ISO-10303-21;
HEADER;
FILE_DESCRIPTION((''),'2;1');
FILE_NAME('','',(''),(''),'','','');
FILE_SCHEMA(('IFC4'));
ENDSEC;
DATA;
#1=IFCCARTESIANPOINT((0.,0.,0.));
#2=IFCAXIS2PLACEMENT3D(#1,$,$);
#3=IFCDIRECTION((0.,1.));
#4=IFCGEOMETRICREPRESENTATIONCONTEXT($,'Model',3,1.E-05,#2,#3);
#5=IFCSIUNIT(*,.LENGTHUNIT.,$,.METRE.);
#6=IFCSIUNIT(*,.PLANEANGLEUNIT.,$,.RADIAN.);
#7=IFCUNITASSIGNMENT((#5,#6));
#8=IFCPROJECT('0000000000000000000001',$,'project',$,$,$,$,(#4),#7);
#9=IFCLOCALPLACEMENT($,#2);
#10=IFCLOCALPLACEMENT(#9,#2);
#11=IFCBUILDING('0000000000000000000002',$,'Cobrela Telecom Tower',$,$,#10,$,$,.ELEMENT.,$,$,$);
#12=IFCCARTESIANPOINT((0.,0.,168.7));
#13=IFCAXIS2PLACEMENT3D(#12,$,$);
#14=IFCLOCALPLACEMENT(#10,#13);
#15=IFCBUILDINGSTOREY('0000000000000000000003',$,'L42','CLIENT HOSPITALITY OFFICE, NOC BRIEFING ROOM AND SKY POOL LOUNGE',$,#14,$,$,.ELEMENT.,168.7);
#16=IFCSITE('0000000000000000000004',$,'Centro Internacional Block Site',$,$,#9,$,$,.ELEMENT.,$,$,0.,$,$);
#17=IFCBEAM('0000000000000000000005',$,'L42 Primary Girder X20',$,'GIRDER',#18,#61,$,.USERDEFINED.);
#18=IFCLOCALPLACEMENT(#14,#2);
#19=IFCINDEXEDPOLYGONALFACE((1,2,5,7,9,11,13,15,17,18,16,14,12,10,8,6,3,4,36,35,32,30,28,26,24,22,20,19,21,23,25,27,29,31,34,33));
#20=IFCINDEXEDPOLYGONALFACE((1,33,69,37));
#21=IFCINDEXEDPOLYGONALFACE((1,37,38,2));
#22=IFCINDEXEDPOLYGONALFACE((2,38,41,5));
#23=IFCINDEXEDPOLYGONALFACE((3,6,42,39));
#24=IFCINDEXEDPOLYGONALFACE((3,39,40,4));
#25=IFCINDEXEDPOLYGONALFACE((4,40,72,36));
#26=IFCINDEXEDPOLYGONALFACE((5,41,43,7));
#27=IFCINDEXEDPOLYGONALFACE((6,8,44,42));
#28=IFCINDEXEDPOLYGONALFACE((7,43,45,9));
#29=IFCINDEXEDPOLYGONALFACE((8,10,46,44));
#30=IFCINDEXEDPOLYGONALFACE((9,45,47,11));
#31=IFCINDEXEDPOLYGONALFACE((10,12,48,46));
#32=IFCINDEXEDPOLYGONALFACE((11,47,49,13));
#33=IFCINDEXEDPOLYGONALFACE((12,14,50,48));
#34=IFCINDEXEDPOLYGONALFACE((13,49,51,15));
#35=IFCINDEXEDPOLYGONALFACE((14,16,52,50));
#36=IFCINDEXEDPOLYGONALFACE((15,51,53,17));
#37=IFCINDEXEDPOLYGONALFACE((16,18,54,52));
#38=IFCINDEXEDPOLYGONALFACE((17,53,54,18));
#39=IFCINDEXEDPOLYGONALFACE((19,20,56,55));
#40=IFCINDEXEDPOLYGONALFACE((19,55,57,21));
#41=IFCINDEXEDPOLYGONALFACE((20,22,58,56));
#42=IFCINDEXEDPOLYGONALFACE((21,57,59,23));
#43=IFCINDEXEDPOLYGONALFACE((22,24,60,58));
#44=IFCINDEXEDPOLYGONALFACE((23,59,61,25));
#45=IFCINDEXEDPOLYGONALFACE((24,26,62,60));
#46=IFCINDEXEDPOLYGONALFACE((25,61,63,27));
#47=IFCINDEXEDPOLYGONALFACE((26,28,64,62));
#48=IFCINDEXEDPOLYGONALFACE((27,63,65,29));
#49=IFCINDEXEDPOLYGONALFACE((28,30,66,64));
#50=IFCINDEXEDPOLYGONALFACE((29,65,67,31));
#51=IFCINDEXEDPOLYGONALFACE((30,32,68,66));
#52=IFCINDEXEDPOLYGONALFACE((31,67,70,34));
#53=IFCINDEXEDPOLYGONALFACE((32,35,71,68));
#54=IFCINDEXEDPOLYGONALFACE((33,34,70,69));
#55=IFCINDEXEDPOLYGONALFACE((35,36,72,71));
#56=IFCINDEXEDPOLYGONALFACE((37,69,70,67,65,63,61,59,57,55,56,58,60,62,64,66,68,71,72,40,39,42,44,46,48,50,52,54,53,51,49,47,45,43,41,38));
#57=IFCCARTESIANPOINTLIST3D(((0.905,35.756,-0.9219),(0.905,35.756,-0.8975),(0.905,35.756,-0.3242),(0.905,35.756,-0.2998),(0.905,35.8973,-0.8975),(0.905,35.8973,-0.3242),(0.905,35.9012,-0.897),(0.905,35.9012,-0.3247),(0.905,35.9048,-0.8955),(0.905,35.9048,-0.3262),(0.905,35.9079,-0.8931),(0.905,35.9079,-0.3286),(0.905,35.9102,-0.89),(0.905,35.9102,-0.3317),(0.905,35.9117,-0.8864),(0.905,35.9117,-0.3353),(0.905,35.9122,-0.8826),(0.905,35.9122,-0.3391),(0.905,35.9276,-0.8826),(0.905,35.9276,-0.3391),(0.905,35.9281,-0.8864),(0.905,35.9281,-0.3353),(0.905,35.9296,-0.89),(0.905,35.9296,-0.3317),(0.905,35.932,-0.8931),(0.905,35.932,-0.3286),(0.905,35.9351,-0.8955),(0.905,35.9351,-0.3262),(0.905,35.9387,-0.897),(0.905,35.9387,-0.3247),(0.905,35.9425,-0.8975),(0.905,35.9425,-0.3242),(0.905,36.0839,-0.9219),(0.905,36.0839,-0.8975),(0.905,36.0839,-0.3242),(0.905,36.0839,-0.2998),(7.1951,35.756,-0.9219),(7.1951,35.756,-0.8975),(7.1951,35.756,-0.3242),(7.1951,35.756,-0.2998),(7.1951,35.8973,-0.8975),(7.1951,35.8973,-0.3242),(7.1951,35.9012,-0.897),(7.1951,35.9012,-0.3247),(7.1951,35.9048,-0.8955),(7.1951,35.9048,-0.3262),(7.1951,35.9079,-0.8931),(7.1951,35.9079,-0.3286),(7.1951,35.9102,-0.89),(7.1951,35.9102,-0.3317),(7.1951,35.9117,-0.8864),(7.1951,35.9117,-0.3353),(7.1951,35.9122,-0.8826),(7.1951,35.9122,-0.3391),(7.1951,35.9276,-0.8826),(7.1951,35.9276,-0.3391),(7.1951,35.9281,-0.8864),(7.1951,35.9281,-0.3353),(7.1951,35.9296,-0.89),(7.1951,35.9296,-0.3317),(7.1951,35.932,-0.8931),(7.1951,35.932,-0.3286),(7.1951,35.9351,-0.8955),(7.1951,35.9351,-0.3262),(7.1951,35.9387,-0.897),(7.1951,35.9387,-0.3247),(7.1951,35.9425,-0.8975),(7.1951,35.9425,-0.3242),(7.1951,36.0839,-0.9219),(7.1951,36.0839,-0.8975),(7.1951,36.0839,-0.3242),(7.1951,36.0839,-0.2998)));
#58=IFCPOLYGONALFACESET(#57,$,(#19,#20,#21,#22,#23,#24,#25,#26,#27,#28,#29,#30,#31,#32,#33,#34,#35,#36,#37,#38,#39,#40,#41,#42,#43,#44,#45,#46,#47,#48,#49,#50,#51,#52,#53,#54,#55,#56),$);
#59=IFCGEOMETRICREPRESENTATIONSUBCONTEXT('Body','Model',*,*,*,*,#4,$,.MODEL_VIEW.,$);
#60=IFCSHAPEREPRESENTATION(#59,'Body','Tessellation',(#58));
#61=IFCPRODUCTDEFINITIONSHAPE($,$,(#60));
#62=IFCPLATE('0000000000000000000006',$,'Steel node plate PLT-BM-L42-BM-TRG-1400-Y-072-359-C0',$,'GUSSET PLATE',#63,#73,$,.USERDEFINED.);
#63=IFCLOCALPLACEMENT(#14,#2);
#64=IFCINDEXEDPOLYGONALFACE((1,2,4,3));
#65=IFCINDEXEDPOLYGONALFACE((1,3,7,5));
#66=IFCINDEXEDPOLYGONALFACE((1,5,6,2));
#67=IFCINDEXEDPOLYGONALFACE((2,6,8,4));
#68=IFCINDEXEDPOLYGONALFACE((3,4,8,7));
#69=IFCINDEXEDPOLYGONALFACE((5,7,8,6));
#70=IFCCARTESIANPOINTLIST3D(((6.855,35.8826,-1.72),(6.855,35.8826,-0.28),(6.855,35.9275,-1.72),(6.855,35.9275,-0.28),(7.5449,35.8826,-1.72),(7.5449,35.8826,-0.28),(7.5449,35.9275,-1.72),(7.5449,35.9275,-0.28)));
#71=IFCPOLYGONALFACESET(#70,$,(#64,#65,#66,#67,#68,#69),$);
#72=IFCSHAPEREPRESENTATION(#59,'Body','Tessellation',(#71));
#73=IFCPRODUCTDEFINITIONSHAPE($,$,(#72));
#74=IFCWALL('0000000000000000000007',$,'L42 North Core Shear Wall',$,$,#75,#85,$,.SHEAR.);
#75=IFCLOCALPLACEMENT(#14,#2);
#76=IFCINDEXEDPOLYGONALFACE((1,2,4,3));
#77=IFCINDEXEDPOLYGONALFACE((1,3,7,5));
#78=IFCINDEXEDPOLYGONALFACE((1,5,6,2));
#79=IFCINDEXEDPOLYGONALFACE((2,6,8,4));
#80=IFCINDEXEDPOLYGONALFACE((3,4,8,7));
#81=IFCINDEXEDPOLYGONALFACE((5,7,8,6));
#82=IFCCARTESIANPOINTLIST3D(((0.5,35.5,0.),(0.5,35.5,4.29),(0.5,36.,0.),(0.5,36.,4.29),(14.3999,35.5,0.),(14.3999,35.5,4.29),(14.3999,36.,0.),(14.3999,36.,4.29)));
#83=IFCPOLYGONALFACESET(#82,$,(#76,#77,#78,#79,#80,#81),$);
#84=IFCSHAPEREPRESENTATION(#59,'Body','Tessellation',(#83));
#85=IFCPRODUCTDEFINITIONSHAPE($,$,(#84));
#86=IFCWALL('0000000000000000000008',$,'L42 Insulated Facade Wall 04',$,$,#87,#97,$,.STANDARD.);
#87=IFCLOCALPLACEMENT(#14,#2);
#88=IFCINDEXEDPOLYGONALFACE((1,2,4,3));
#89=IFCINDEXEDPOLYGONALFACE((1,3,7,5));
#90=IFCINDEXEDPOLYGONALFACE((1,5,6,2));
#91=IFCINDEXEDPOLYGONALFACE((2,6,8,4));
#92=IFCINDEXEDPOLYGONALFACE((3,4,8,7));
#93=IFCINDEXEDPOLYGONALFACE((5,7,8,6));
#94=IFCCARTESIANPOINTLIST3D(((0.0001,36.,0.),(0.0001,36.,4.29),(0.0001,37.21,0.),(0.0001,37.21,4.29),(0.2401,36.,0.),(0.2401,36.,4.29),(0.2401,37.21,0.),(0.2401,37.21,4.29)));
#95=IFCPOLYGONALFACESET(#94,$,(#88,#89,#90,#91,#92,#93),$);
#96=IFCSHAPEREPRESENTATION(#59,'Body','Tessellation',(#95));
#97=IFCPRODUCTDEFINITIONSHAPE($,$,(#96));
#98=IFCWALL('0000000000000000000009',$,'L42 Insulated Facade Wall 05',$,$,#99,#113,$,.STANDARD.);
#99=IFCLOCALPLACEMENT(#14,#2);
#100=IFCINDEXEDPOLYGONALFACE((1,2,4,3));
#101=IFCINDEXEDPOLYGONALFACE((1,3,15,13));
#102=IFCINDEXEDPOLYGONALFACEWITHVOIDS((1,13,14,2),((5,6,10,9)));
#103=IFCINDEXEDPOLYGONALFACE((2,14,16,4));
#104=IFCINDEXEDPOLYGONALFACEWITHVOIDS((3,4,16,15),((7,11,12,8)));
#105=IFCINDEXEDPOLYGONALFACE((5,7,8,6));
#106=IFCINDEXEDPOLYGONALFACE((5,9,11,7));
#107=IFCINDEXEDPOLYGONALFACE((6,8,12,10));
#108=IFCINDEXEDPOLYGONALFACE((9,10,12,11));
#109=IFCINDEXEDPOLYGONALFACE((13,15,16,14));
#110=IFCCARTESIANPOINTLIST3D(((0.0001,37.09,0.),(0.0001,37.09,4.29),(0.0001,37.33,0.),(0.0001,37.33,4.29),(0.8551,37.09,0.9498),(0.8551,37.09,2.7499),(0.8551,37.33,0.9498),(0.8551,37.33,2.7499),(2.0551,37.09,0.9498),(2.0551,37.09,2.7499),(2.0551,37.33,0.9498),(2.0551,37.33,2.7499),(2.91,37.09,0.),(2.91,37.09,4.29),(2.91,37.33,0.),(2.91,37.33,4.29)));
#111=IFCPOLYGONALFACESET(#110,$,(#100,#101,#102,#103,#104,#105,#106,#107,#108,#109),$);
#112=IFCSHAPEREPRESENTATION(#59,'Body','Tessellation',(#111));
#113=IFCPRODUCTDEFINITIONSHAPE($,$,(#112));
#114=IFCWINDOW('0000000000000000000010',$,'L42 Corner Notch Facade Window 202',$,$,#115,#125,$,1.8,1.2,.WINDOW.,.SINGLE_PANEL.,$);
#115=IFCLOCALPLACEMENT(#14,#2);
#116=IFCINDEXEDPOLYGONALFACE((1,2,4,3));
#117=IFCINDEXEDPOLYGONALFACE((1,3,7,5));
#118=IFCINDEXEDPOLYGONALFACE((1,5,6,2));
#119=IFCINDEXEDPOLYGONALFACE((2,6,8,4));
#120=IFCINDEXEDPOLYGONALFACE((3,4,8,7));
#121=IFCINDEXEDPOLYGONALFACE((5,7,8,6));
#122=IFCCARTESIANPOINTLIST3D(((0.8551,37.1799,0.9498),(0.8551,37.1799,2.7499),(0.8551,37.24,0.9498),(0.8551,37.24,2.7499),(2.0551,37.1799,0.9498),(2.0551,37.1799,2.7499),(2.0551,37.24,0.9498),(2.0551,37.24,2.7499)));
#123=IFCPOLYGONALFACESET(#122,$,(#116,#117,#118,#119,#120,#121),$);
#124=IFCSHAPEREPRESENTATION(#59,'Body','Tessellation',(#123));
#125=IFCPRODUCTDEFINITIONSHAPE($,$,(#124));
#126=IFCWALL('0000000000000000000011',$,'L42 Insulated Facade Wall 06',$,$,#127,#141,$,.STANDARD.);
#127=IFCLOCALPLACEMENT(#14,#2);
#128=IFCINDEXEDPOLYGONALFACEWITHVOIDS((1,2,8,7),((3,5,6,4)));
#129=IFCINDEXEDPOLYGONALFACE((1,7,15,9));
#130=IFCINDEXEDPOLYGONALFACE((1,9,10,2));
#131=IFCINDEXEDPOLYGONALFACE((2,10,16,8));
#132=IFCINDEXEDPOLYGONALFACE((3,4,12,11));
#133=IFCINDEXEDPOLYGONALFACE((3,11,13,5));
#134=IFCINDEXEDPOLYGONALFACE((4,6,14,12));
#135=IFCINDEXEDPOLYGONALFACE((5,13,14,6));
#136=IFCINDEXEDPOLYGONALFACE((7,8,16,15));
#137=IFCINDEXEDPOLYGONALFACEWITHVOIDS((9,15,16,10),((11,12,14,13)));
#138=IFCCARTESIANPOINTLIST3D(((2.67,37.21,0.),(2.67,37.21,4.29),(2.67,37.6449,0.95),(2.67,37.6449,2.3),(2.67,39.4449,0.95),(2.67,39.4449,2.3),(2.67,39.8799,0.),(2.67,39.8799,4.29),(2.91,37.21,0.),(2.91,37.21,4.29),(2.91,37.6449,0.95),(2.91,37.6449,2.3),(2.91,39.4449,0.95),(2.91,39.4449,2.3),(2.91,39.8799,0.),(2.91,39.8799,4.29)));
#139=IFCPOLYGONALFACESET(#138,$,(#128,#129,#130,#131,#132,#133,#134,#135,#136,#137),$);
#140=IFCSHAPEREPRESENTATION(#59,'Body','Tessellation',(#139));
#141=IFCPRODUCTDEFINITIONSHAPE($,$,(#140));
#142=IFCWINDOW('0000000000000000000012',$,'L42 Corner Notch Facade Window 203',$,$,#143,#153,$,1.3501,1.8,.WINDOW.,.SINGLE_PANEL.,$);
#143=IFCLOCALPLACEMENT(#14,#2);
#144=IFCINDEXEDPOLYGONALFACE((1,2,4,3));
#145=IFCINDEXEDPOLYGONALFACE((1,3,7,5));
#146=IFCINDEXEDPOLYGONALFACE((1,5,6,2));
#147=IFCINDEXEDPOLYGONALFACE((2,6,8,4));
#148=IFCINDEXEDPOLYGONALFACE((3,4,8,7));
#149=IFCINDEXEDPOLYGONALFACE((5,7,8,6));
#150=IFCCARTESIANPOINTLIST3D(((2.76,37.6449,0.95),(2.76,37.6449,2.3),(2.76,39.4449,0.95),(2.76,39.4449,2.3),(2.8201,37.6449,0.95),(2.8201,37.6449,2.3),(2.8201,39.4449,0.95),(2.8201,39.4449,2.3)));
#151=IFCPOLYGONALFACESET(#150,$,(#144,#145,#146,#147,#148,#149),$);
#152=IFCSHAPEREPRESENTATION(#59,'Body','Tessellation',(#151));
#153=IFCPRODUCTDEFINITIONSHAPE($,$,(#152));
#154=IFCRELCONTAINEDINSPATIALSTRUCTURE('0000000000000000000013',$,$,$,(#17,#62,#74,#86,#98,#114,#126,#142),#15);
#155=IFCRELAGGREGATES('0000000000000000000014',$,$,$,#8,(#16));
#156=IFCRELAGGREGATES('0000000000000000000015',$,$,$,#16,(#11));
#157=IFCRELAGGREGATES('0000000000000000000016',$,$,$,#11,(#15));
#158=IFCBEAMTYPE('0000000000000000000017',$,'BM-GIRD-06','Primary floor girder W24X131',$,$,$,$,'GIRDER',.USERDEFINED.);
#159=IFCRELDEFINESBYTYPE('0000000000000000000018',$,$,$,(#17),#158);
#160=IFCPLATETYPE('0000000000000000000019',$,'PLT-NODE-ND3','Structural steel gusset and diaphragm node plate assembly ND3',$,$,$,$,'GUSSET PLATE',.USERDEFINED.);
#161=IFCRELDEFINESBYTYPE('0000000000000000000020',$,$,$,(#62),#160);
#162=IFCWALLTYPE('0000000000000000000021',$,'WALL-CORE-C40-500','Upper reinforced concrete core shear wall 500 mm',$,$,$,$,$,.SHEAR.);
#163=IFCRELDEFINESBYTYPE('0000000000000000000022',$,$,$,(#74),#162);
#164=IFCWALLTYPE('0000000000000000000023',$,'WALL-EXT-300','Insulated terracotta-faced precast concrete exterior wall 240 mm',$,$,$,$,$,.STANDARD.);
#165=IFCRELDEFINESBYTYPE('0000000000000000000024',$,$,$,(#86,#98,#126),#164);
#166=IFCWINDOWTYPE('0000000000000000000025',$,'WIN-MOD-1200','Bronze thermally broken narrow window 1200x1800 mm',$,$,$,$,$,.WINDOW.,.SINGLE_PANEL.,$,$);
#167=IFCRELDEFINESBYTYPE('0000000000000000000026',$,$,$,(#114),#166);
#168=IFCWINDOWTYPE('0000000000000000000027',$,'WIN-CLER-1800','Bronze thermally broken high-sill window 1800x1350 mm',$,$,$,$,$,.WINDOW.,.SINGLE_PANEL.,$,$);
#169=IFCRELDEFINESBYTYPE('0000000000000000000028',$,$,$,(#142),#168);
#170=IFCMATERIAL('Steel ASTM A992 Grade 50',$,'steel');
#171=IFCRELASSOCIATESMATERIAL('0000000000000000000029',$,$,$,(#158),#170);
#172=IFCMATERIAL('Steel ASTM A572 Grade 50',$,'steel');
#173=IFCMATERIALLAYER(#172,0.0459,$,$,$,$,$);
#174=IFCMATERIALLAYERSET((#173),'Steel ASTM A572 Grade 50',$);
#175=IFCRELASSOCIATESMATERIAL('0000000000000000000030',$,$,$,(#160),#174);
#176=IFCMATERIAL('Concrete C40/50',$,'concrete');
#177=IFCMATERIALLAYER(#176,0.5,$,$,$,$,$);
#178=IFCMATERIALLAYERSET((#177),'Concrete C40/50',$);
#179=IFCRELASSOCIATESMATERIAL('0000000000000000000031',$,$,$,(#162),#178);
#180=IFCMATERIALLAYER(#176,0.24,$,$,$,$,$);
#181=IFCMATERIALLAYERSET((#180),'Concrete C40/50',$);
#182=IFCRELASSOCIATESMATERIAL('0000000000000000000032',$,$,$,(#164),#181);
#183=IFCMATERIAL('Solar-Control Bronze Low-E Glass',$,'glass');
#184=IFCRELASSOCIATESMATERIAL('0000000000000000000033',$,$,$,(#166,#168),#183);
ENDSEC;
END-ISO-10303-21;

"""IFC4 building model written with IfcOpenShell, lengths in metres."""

from ifc_helpers import new_model, si_unit, direction, frame, frame_2d, origin, origin_2d, place, context, subcontext, project, spatial, rectangle, i_section, extrude, material, layer, layer_set, material_profile, profile_set, type_object, element, fill, save


model = new_model("IFC4")

# Units and contexts
model_context = context("Model", 3, precision=1e-05, world=origin(), true_north=direction((0.0, 1.0)))
body_context = subcontext(model_context, "Body", "Model", "MODEL_VIEW")
ifc_project = project(units=[si_unit("LENGTHUNIT", "METRE"), si_unit("PLANEANGLEUNIT", "RADIAN")], contexts=[model_context])

# Site, building, storey
site_placement = place(None, origin())
site = spatial("IfcSite", under=ifc_project, at=site_placement, Name="Centro Internacional Block Site", CompositionType="ELEMENT", RefElevation=0.0)
building_placement = place(site_placement, origin())
building = spatial("IfcBuilding", under=site, at=building_placement, Name="Cobrela Telecom Tower", CompositionType="ELEMENT")
storey_placement = place(building_placement, frame((0.0, 0.0, 168.7)))
storey = spatial("IfcBuildingStorey", under=building, at=storey_placement, Name="L42", Description="CLIENT HOSPITALITY OFFICE, NOC BRIEFING ROOM AND SKY POOL LOUNGE", CompositionType="ELEMENT", Elevation=168.7)

# Beam
ifc_material_1 = material(Name="Steel ASTM A992 Grade 50", Category="steel")
ifc_material_profile = material_profile(ifc_material_1, i_section(OverallWidth=0.3279, OverallDepth=0.6221, WebThickness=0.0154, FlangeThickness=0.0244, FilletRadius=0.0149, at=origin_2d()), Name="W24X131")
ifc_profile_set = profile_set([ifc_material_profile], Name="Steel ASTM A992 Grade 50")
beam_type = type_object("IfcBeamType", Name="BM-GIRD-06", Description="Primary floor girder W24X131", ElementType="GIRDER", PredefinedType="USERDEFINED", material=ifc_profile_set)
beam_placement = place(storey_placement, frame((0.905, 35.9199, -0.6108), z_axis=(1.0, 0.0, 0.0), x_axis=(0.0, 1.0, 0.0)))
element("IfcBeam", 1, at=beam_placement, inside=storey, type_object=beam_type, Name="L42 Primary Girder X20", ObjectType="GIRDER", PredefinedType="USERDEFINED", context=body_context, shape_type="SweptSolid", body=[
    extrude(i_section(OverallWidth=0.3279, OverallDepth=0.6221, WebThickness=0.0154, FlangeThickness=0.0244, FilletRadius=0.0149, at=origin_2d()), origin(), (0.0, 0.0, 1.0), 6.29),
])

# Plate
ifc_material_2 = material(Name="Steel ASTM A572 Grade 50", Category="steel")
ifc_layer_1 = layer(ifc_material_2, 0.0459)
ifc_layer_set_1 = layer_set([ifc_layer_1], Name="Steel ASTM A572 Grade 50")
plate_type = type_object("IfcPlateType", Name="PLT-NODE-ND3", Description="Structural steel gusset and diaphragm node plate assembly ND3", ElementType="GUSSET PLATE", PredefinedType="USERDEFINED", material=ifc_layer_set_1)
plate_placement = place(storey_placement, frame((7.2, 35.905, -1.72), z_axis=(0.0, 0.0, 1.0), x_axis=(0.0, 1.0, 0.0)))
element("IfcPlate", 2, at=plate_placement, inside=storey, type_object=plate_type, Name="Steel node plate PLT-BM-L42-BM-TRG-1400-Y-072-359-C0", ObjectType="GUSSET PLATE", PredefinedType="USERDEFINED", context=body_context, shape_type="SweptSolid", body=[
    extrude(rectangle(XDim=0.0449, YDim=0.6899, at=origin_2d()), origin(), (0.0, 0.0, 1.0), 1.4399),
])

# Walls
ifc_material_3 = material(Name="Concrete C40/50", Category="concrete")
ifc_layer_2 = layer(ifc_material_3, 0.5)
ifc_layer_set_2 = layer_set([ifc_layer_2], Name="Concrete C40/50")
wall_type_1 = type_object("IfcWallType", Name="WALL-CORE-C40-500", Description="Upper reinforced concrete core shear wall 500 mm", PredefinedType="SHEAR", material=ifc_layer_set_2)
wall_1_placement = place(storey_placement, frame((0.5, 35.75, 0.0), z_axis=(0.0, 0.0, 1.0), x_axis=(1.0, 0.0, 0.0)))
element("IfcWall", 3, at=wall_1_placement, inside=storey, type_object=wall_type_1, Name="L42 North Core Shear Wall", PredefinedType="SHEAR", context=body_context, shape_type="SweptSolid", body=[
    extrude(rectangle(XDim=13.8999, YDim=0.5, at=frame_2d((6.95, 0.0))), origin(), (0.0, 0.0, 1.0), 4.29),
])
ifc_layer_3 = layer(ifc_material_3, 0.24)
ifc_layer_set_3 = layer_set([ifc_layer_3], Name="Concrete C40/50")
wall_type_2 = type_object("IfcWallType", Name="WALL-EXT-300", Description="Insulated terracotta-faced precast concrete exterior wall 240 mm", PredefinedType="STANDARD", material=ifc_layer_set_3)
wall_2_placement = place(storey_placement, frame((0.1201, 36.0, 0.0), z_axis=(0.0, 0.0, 1.0), x_axis=(0.0, 1.0, 0.0)))
element("IfcWall", 4, at=wall_2_placement, inside=storey, type_object=wall_type_2, Name="L42 Insulated Facade Wall 04", PredefinedType="STANDARD", context=body_context, shape_type="SweptSolid", body=[
    extrude(rectangle(XDim=1.21, YDim=0.24, at=frame_2d((0.605, 0.0))), origin(), (0.0, 0.0, 1.0), 4.29),
])

# Walls, openings, windows
wall_3_placement = place(storey_placement, frame((0.0, 37.21, 0.0), z_axis=(0.0, 0.0, 1.0), x_axis=(1.0, 0.0, 0.0)))
wall_3 = element("IfcWall", 5, at=wall_3_placement, inside=storey, type_object=wall_type_2, Name="L42 Insulated Facade Wall 05", PredefinedType="STANDARD", context=body_context, shape_type="SweptSolid", body=[
    extrude(rectangle(XDim=2.9099, YDim=0.24, at=frame_2d((1.4551, 0.0))), origin(), (0.0, 0.0, 1.0), 4.29),
])
opening_1_placement = place(wall_3_placement, frame((0.855, 0.0, 0.95)))
opening_1 = element("IfcOpeningElement", 6, at=opening_1_placement, cuts=wall_3, PredefinedType="OPENING", context=body_context, shape_type="SweptSolid", body=[
    extrude(rectangle(XDim=1.2, YDim=1.8, at=frame_2d((0.6001, 0.8999))), frame((0.0, 0.1318, 0.0), z_axis=(0.0, -1.0, 0.0), x_axis=(1.0, 0.0, 0.0)), (0.0, 0.0, 1.0), 0.2639),
])
ifc_material_4 = material(Name="Solar-Control Bronze Low-E Glass", Category="glass")
window_type_1 = type_object("IfcWindowType", Name="WIN-MOD-1200", Description="Bronze thermally broken narrow window 1200x1800 mm", PartitioningType="SINGLE_PANEL", PredefinedType="WINDOW", material=ifc_material_4)
window_1_placement = place(opening_1_placement, origin())
window_1 = element("IfcWindow", 7, at=window_1_placement, inside=storey, type_object=window_type_1, Name="L42 Corner Notch Facade Window 202", OverallHeight=1.8, OverallWidth=1.2, PartitioningType="SINGLE_PANEL", PredefinedType="WINDOW", context=body_context, shape_type="SweptSolid", body=[
    extrude(rectangle(XDim=1.2, YDim=1.8, at=frame_2d((0.6001, 0.8999))), frame((0.0, 0.03, 0.0), z_axis=(0.0, -1.0, 0.0), x_axis=(1.0, 0.0, 0.0)), (0.0, 0.0, 1.0), 0.0601),
])
fill(opening_1, window_1)
wall_4_placement = place(storey_placement, frame((2.79, 37.21, 0.0), z_axis=(0.0, 0.0, 1.0), x_axis=(0.0, 1.0, 0.0)))
wall_4 = element("IfcWall", 8, at=wall_4_placement, inside=storey, type_object=wall_type_2, Name="L42 Insulated Facade Wall 06", PredefinedType="STANDARD", context=body_context, shape_type="SweptSolid", body=[
    extrude(rectangle(XDim=2.6699, YDim=0.24, at=frame_2d((1.335, 0.0))), origin(), (0.0, 0.0, 1.0), 4.29),
])
opening_2_placement = place(wall_4_placement, frame((0.4351, 0.0, 0.95)))
opening_2 = element("IfcOpeningElement", 9, at=opening_2_placement, cuts=wall_4, PredefinedType="OPENING", context=body_context, shape_type="SweptSolid", body=[
    extrude(rectangle(XDim=1.8, YDim=1.3501, at=frame_2d((0.8999, 0.675))), frame((0.0, 0.1318, 0.0), z_axis=(0.0, -1.0, 0.0), x_axis=(1.0, 0.0, 0.0)), (0.0, 0.0, 1.0), 0.2639),
])
window_type_2 = type_object("IfcWindowType", Name="WIN-CLER-1800", Description="Bronze thermally broken high-sill window 1800x1350 mm", PartitioningType="SINGLE_PANEL", PredefinedType="WINDOW", material=ifc_material_4)
window_2_placement = place(opening_2_placement, origin())
window_2 = element("IfcWindow", 10, at=window_2_placement, inside=storey, type_object=window_type_2, Name="L42 Corner Notch Facade Window 203", OverallHeight=1.3501, OverallWidth=1.8, PartitioningType="SINGLE_PANEL", PredefinedType="WINDOW", context=body_context, shape_type="SweptSolid", body=[
    extrude(rectangle(XDim=1.8, YDim=1.3501, at=frame_2d((0.8999, 0.675))), frame((0.0, 0.03, 0.0), z_axis=(0.0, -1.0, 0.0), x_axis=(1.0, 0.0, 0.0)), (0.0, 0.0, 1.0), 0.0601),
])
fill(opening_2, window_2)

save(model, "model.ifc")
